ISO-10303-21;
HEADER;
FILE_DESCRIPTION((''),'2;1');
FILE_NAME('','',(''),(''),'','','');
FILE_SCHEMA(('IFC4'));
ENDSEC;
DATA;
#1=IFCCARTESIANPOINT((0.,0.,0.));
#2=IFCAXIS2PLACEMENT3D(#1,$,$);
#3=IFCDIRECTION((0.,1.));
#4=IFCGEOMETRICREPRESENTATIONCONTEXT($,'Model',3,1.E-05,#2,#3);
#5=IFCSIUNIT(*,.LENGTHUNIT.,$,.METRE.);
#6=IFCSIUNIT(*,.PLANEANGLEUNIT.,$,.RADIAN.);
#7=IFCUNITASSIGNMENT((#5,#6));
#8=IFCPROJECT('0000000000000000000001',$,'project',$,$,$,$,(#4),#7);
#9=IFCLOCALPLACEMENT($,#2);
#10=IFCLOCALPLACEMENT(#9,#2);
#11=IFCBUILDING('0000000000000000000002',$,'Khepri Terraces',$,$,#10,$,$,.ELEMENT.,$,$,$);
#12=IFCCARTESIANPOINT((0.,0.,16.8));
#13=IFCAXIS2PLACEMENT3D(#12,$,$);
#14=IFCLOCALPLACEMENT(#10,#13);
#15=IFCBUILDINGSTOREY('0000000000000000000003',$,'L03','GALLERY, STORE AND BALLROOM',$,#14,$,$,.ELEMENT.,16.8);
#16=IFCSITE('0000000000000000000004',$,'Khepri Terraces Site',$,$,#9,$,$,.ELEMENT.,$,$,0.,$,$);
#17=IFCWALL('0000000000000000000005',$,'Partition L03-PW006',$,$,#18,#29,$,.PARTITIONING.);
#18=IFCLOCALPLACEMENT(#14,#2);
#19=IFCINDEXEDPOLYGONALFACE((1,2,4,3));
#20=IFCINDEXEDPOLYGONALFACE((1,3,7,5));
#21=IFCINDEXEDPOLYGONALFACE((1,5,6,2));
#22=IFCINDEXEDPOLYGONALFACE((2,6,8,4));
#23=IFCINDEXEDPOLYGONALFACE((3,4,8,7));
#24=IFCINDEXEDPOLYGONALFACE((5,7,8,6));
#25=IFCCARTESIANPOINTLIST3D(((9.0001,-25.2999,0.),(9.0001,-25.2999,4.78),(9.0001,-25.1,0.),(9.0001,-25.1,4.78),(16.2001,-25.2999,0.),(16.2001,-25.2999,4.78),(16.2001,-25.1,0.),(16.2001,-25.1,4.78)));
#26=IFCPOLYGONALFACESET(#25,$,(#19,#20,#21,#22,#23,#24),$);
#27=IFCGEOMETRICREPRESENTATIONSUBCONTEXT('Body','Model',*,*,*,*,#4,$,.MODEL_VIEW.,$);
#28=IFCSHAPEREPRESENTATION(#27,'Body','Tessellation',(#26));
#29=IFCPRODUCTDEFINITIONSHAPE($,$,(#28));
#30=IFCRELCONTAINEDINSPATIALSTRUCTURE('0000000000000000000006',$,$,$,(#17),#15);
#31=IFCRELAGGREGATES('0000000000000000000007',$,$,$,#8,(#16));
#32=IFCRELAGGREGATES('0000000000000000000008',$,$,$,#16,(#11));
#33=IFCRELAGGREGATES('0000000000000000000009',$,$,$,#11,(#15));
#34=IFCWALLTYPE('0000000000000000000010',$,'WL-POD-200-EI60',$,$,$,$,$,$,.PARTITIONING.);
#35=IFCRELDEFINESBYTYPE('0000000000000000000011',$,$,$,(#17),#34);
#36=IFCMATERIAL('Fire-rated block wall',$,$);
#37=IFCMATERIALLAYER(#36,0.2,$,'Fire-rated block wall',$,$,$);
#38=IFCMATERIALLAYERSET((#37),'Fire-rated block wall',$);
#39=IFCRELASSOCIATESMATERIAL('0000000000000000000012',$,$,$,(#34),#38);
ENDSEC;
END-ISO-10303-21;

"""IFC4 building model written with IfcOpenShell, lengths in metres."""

from ifc_helpers import new_model, si_unit, direction, frame, frame_2d, origin, place, context, subcontext, project, spatial, rectangle, extrude, material, layer, layer_set, type_object, element, save


model = new_model("IFC4")

# Units and contexts
model_context = context("Model", 3, precision=1e-05, world=origin(), true_north=direction((0.0, 1.0)))
body_context = subcontext(model_context, "Body", "Model", "MODEL_VIEW")
ifc_project = project(units=[si_unit("LENGTHUNIT", "METRE"), si_unit("PLANEANGLEUNIT", "RADIAN")], contexts=[model_context])

# Site, building, storey
site_placement = place(None, origin())
site = spatial("IfcSite", under=ifc_project, at=site_placement, Name="Khepri Terraces Site", CompositionType="ELEMENT", RefElevation=0.0)
building_placement = place(site_placement, origin())
building = spatial("IfcBuilding", under=site, at=building_placement, Name="Khepri Terraces", CompositionType="ELEMENT")
storey_placement = place(building_placement, frame((0.0, 0.0, 16.8)))
storey = spatial("IfcBuildingStorey", under=building, at=storey_placement, Name="L03", Description="GALLERY, STORE AND BALLROOM", CompositionType="ELEMENT", Elevation=16.8)

# Wall
ifc_material_1 = material(Name="Fire-rated block wall")
ifc_layer_1 = layer(ifc_material_1, 0.2, Name="Fire-rated block wall")
ifc_layer_set_1 = layer_set([ifc_layer_1], Name="Fire-rated block wall")
wall_type_1 = type_object("IfcWallType", Name="WL-POD-200-EI60", PredefinedType="PARTITIONING", material=ifc_layer_set_1)
for number, where, z_axis, x_axis, name in (
    (1, (9.0, -25.2, 0.0), (0.0, 0.0, 1.0), (1.0, 0.0, 0.0), "Partition L03-PW006"),
):
    element("IfcWall", number, at=place(storey_placement, frame(where, z_axis=z_axis, x_axis=x_axis)), inside=storey, type_object=wall_type_1, Name=name, PredefinedType="PARTITIONING", context=body_context, shape_type="SweptSolid", body=[
        extrude(rectangle(XDim=7.2, YDim=0.2, at=frame_2d((3.6001, 0.0))), origin(), (0.0, 0.0, 1.0), 4.78),
    ])

save(model, "model.ifc")
